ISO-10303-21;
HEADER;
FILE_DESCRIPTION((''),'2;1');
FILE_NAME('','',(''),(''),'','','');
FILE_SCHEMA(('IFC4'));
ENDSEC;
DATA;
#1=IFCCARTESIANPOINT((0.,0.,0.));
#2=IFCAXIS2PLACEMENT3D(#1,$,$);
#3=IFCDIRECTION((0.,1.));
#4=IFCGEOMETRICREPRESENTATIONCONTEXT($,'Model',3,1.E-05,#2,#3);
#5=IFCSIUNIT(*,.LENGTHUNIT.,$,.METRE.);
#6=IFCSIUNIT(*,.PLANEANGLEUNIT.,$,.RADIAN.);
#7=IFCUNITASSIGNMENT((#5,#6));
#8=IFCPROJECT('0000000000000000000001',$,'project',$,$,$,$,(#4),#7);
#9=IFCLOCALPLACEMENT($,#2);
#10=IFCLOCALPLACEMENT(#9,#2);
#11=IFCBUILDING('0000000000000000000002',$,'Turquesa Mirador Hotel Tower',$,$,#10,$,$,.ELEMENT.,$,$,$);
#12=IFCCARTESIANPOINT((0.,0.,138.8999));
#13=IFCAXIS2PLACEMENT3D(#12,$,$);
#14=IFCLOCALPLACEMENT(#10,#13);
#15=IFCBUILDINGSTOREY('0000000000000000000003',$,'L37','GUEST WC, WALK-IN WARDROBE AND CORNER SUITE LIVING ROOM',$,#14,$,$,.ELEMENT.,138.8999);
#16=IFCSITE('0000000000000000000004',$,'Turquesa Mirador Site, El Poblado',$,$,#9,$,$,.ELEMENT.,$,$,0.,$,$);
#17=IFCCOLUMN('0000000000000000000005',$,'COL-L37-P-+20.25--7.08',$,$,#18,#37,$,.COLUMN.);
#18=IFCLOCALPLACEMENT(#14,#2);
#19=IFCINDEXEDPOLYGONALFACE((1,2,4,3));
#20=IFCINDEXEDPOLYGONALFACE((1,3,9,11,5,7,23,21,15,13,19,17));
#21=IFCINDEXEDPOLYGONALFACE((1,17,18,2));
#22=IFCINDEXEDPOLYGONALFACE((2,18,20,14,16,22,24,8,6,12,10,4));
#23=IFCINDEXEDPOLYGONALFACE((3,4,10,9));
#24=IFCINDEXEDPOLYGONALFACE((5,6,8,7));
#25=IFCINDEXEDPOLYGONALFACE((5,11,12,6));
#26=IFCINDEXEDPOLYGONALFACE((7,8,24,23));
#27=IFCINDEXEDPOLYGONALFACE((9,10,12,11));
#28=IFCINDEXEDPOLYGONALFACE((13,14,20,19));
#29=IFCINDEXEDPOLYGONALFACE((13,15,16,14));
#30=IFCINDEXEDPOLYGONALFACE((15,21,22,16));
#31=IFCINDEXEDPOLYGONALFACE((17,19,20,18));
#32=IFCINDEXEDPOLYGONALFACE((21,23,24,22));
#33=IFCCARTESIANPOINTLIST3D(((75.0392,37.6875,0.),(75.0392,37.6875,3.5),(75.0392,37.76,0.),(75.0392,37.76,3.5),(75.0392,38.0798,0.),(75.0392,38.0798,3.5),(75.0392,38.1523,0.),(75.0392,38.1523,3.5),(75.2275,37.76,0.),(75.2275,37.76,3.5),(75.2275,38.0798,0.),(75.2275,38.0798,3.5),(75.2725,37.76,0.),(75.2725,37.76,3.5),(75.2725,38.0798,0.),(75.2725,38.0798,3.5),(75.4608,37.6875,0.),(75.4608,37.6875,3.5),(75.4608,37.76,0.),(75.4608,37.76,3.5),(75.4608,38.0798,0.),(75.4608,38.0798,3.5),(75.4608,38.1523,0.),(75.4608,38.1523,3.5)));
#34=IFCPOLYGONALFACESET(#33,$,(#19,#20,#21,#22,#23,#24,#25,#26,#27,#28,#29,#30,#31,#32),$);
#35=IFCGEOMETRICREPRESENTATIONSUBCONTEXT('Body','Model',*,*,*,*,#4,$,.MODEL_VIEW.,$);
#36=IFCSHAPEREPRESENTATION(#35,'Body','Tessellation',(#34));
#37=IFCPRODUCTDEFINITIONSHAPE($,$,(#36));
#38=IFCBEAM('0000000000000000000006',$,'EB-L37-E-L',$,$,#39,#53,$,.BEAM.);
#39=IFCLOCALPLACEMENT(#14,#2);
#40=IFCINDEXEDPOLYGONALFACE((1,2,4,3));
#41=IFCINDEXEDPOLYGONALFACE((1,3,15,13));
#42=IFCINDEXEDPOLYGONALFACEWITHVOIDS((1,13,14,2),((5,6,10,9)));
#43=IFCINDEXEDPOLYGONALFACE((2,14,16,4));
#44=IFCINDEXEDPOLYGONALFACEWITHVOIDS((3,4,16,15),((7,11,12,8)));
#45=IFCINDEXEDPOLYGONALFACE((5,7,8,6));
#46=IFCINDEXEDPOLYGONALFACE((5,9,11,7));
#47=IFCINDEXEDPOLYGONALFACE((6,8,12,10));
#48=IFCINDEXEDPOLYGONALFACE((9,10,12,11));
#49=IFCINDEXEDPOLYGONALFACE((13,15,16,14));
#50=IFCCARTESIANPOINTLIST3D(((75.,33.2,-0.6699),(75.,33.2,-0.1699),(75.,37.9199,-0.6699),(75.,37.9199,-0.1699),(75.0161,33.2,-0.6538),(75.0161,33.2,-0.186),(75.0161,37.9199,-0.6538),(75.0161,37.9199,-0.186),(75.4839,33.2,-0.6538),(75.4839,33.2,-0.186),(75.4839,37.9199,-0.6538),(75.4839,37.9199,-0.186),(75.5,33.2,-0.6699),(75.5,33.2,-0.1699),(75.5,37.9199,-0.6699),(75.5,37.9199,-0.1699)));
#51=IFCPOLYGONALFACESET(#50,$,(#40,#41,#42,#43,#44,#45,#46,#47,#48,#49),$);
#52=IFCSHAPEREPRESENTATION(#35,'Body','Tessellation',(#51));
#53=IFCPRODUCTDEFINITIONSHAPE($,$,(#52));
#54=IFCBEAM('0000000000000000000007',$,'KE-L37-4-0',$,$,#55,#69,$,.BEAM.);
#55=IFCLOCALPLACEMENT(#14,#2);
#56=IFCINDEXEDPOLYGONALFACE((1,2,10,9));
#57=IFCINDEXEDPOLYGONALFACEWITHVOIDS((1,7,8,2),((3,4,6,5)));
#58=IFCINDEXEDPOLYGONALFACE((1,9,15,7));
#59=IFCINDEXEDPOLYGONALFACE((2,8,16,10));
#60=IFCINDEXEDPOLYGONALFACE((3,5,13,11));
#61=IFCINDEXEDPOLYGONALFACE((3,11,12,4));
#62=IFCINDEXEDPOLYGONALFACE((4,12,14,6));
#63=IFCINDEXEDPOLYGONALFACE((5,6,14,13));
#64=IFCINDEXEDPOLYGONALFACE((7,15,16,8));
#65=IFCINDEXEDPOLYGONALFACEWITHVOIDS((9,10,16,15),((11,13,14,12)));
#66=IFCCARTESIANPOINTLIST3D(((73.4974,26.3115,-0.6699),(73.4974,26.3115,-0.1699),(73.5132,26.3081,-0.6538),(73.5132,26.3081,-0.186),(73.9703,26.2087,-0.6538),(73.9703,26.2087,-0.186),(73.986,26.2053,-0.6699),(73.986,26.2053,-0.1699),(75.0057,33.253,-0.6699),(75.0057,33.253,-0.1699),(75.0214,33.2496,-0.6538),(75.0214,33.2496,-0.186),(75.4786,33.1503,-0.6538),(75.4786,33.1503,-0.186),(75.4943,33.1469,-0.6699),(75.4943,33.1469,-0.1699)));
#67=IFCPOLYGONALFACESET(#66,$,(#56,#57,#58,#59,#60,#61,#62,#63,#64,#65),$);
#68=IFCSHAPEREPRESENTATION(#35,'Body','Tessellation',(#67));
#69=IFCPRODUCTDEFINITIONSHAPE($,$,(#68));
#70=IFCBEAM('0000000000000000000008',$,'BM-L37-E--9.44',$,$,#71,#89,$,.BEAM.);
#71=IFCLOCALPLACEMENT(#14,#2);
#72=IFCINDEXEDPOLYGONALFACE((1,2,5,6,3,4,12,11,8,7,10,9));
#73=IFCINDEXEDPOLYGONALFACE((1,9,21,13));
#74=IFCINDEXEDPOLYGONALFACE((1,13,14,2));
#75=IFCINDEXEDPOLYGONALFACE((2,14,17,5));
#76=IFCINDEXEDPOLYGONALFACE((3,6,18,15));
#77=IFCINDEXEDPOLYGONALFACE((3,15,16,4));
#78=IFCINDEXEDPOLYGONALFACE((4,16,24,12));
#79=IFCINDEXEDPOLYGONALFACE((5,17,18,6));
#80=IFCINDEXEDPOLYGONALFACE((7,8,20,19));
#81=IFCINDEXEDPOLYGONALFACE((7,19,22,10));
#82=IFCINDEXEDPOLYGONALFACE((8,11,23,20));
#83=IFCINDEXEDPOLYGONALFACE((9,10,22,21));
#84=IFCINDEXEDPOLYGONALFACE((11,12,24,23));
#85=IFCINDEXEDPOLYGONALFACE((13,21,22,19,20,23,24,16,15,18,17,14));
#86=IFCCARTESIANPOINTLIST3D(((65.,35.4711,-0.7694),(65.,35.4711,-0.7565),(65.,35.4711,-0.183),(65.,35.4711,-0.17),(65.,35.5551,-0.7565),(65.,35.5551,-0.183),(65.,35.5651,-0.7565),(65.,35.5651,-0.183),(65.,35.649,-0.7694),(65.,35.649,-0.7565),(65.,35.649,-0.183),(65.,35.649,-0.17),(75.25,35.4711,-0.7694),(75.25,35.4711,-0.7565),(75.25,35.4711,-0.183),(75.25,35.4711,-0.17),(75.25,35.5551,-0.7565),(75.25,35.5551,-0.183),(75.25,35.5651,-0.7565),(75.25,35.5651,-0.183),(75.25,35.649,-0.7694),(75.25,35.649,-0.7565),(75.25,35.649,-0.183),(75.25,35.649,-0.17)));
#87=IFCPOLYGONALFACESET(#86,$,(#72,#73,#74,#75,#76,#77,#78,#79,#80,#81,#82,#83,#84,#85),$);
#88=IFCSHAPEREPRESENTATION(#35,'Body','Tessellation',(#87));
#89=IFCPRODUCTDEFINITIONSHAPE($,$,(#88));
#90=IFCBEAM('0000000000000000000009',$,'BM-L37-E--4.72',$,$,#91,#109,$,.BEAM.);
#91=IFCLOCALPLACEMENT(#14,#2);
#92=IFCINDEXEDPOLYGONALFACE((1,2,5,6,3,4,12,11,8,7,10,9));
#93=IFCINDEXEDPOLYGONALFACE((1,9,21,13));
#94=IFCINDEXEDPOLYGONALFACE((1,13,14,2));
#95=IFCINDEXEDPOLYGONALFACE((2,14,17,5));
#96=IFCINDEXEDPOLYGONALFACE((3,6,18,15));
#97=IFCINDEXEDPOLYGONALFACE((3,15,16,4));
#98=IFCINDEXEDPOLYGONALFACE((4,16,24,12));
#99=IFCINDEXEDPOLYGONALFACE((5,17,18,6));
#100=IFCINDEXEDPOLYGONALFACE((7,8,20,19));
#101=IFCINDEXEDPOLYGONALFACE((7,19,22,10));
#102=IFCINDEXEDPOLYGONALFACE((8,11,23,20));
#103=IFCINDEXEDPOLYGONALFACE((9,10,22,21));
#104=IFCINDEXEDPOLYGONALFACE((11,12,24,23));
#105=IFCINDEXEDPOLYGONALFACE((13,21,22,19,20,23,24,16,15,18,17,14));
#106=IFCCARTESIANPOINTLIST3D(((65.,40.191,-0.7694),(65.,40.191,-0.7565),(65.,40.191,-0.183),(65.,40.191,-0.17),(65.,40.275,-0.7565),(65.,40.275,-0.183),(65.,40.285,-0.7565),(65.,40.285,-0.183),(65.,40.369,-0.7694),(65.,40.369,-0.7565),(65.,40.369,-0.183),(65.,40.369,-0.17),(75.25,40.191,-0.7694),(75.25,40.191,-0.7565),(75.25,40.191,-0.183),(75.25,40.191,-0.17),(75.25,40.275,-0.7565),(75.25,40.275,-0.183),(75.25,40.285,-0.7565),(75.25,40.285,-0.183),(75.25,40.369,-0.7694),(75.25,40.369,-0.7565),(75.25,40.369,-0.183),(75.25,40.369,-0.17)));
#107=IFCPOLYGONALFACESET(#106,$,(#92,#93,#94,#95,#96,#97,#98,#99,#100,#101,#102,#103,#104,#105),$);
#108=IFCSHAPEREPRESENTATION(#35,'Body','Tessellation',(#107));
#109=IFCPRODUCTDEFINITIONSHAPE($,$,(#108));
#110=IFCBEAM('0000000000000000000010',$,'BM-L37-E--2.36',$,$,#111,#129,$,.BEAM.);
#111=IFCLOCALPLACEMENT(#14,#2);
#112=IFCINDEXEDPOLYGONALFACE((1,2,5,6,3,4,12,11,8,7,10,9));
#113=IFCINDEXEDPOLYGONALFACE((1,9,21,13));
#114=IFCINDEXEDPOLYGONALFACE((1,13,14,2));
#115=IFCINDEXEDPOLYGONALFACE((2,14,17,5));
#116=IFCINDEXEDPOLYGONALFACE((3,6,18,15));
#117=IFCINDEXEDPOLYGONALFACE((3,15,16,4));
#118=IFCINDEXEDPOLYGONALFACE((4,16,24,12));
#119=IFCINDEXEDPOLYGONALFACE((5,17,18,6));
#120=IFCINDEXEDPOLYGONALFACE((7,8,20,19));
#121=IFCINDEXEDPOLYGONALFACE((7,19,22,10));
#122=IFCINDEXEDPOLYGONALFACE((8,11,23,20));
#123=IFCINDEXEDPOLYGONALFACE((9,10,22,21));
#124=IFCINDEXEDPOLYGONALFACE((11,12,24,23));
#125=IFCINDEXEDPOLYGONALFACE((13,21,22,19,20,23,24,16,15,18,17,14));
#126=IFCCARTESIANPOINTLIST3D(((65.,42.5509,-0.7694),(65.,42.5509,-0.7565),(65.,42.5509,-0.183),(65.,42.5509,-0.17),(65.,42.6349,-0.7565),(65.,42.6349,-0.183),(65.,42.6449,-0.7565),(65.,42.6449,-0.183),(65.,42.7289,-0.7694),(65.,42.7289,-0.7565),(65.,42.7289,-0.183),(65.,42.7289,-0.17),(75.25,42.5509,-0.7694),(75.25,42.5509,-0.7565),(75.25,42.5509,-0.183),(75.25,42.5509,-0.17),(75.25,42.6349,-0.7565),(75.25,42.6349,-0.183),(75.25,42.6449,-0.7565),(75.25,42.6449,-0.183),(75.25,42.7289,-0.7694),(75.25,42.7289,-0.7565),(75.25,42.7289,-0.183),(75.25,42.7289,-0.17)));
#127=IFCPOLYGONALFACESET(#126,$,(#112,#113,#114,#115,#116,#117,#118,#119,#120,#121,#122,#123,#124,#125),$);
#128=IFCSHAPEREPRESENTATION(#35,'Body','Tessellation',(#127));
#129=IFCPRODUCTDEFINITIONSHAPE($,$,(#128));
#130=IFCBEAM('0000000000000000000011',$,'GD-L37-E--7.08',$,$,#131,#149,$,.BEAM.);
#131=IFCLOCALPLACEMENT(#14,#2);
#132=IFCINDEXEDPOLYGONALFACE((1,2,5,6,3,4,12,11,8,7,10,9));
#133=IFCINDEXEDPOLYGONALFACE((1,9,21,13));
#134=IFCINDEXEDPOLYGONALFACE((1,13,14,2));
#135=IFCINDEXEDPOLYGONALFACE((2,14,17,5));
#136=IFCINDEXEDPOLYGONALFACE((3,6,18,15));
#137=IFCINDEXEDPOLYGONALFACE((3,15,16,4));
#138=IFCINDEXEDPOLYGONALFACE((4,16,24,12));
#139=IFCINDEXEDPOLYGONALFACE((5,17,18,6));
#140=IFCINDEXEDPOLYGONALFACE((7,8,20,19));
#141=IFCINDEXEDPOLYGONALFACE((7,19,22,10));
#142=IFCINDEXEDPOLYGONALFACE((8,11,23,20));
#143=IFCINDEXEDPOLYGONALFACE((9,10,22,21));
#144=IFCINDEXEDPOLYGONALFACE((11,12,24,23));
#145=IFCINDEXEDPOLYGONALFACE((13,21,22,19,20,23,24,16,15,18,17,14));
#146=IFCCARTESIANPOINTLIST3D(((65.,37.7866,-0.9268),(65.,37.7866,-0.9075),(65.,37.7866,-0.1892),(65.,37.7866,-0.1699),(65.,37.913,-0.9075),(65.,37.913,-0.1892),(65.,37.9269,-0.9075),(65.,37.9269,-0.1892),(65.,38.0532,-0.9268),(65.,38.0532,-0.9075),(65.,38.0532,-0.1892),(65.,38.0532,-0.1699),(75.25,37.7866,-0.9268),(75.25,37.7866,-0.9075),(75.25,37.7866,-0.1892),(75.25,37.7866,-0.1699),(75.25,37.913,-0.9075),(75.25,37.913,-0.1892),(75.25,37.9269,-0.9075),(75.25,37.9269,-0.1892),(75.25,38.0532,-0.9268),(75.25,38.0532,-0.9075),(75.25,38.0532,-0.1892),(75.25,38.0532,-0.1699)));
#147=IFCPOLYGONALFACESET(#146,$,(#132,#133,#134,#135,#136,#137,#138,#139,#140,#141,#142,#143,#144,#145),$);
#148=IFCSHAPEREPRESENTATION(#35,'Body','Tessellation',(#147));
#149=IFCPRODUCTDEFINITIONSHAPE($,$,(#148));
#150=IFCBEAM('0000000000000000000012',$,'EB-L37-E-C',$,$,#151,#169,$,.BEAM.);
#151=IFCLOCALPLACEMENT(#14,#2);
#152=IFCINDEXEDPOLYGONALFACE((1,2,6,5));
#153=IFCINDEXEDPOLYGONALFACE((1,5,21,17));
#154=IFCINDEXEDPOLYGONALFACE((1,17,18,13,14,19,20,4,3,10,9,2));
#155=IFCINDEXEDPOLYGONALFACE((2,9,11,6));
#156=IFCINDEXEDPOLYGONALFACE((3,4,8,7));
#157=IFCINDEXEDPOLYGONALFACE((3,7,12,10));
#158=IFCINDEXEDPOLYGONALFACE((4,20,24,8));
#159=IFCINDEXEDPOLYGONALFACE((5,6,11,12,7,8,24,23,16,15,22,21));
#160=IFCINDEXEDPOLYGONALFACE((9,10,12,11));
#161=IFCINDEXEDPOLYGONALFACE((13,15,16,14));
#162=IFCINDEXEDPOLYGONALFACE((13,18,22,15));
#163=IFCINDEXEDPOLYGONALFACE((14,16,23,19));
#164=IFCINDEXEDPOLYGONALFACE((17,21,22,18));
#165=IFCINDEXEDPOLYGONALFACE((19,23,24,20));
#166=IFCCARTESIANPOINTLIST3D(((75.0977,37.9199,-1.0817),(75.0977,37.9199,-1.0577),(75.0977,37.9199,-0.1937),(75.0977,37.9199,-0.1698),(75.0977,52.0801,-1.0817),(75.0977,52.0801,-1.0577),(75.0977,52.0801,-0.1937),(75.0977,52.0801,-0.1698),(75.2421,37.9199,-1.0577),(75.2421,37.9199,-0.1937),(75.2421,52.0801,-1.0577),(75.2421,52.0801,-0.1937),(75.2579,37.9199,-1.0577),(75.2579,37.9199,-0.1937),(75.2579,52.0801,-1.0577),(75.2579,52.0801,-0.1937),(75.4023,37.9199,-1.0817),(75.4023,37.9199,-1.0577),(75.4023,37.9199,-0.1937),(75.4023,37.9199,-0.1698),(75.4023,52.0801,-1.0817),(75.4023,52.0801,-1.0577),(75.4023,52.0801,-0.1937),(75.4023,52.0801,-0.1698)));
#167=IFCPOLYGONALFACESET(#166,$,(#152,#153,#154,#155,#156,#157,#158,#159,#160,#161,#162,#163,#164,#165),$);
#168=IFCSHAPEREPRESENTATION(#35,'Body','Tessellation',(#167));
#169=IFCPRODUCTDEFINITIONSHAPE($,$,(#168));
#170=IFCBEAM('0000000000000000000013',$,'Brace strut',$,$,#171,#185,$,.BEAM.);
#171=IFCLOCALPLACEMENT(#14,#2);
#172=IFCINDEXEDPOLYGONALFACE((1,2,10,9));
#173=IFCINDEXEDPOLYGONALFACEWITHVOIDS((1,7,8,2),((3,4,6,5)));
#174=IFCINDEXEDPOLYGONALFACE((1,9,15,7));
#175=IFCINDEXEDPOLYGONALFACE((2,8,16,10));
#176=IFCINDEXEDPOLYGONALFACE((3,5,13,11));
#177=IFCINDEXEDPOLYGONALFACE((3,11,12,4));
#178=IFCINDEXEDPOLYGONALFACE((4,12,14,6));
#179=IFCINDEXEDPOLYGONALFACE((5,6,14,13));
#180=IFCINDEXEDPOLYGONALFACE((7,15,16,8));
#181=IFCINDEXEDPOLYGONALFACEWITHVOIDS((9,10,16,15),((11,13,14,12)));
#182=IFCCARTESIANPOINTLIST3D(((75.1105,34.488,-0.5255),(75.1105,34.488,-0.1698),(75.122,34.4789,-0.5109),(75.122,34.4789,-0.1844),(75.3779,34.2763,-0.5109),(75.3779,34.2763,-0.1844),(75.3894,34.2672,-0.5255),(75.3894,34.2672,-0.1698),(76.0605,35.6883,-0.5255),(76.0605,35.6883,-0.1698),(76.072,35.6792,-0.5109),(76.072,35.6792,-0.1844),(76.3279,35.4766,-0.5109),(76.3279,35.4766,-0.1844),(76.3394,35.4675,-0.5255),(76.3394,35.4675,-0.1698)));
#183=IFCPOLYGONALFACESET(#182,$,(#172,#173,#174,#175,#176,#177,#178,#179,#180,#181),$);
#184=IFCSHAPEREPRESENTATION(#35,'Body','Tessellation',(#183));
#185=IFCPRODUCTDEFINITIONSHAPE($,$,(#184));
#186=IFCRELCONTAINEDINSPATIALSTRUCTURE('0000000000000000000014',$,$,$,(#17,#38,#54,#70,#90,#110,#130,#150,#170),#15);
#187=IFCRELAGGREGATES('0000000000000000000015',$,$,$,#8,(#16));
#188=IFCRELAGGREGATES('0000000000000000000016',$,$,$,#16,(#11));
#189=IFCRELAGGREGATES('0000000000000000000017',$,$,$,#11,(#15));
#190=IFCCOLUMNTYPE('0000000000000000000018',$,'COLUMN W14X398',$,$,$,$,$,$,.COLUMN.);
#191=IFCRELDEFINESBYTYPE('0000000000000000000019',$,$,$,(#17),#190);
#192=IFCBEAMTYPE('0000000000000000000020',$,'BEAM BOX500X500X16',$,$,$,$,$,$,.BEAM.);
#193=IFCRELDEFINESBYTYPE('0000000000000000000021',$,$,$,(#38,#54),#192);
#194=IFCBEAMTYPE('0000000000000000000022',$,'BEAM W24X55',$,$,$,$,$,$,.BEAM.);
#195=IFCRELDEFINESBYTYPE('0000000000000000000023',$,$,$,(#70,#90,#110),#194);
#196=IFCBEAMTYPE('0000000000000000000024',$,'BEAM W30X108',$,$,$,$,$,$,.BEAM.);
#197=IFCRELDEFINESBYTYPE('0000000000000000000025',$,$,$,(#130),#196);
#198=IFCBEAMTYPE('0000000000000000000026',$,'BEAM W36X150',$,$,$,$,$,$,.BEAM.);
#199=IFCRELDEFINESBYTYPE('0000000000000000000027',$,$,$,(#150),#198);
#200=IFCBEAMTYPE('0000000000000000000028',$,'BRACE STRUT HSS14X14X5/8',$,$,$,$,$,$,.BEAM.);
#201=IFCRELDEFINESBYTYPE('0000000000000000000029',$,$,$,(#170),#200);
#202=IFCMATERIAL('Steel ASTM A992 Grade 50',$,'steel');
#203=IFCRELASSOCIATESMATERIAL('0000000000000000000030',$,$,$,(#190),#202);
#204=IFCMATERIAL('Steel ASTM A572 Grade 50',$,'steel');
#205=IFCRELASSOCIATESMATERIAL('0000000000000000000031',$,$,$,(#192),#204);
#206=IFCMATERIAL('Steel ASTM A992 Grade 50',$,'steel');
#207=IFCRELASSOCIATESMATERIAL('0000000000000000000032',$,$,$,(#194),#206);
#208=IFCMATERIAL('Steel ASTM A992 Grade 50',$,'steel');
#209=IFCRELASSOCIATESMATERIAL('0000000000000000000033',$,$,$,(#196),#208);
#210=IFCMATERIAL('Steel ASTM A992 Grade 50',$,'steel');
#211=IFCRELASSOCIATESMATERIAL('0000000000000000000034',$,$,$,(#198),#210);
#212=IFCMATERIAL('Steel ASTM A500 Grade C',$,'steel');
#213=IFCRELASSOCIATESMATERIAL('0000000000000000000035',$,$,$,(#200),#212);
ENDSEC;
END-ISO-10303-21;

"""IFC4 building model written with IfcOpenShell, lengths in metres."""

from ifc_helpers import new_model, si_unit, direction, frame, origin, origin_2d, place, context, subcontext, project, spatial, hollow_rectangle, i_section, extrude, material, material_profile, profile_set, type_object, element, save


model = new_model("IFC4")

# Units and contexts
model_context = context("Model", 3, precision=1e-05, world=origin(), true_north=direction((0.0, 1.0)))
body_context = subcontext(model_context, "Body", "Model", "MODEL_VIEW")
ifc_project = project(units=[si_unit("LENGTHUNIT", "METRE"), si_unit("PLANEANGLEUNIT", "RADIAN")], contexts=[model_context])

# Site, building, storey
site_placement = place(None, origin())
site = spatial("IfcSite", under=ifc_project, at=site_placement, Name="Turquesa Mirador Site, El Poblado", CompositionType="ELEMENT", RefElevation=0.0)
building_placement = place(site_placement, origin())
building = spatial("IfcBuilding", under=site, at=building_placement, Name="Turquesa Mirador Hotel Tower", CompositionType="ELEMENT")
storey_placement = place(building_placement, frame((0.0, 0.0, 138.8999)))
storey = spatial("IfcBuildingStorey", under=building, at=storey_placement, Name="L37", Description="GUEST WC, WALK-IN WARDROBE AND CORNER SUITE LIVING ROOM", CompositionType="ELEMENT", Elevation=138.8999)

# Column
ifc_material_1 = material(Name="Steel ASTM A992 Grade 50", Category="steel")
ifc_material_profile_1 = material_profile(ifc_material_1, i_section(OverallWidth=0.4216, OverallDepth=0.4648, WebThickness=0.0449, FlangeThickness=0.0725, at=origin_2d()), Name="W14X398")
ifc_profile_set_1 = profile_set([ifc_material_profile_1], Name="Steel ASTM A992 Grade 50")
column_type = type_object("IfcColumnType", Name="COLUMN W14X398", PredefinedType="COLUMN", material=ifc_profile_set_1)
column_placement = place(storey_placement, frame((75.25, 37.9199, 0.0), z_axis=(0.0, 0.0, 1.0), x_axis=(1.0, 0.0, 0.0)))
element("IfcColumn", 1, at=column_placement, inside=storey, type_object=column_type, Name="COL-L37-P-+20.25--7.08", PredefinedType="COLUMN", context=body_context, shape_type="SweptSolid", body=[
    extrude(i_section(OverallWidth=0.4216, OverallDepth=0.4648, WebThickness=0.0449, FlangeThickness=0.0725, at=origin_2d()), origin(), (0.0, 0.0, 1.0), 3.5),
])

# Beams
ifc_material_2 = material(Name="Steel ASTM A572 Grade 50", Category="steel")
ifc_material_profile_2 = material_profile(ifc_material_2, hollow_rectangle(XDim=0.5, YDim=0.5, WallThickness=0.0161, at=origin_2d()), Name="BOX500X500X16")
ifc_profile_set_2 = profile_set([ifc_material_profile_2], Name="Steel ASTM A572 Grade 50")
beam_type_1 = type_object("IfcBeamType", Name="BEAM BOX500X500X16", PredefinedType="BEAM", material=ifc_profile_set_2)
beam_1_placement = place(storey_placement, frame((75.25, 33.2, -0.4199), z_axis=(0.0, 1.0, 0.0), x_axis=(-1.0, 0.0, 0.0)))
element("IfcBeam", 2, at=beam_1_placement, inside=storey, type_object=beam_type_1, Name="EB-L37-E-L", PredefinedType="BEAM", context=body_context, shape_type="SweptSolid", body=[
    extrude(hollow_rectangle(XDim=0.5, YDim=0.5, WallThickness=0.0161, at=origin_2d()), origin(), (0.0, 0.0, 1.0), 4.72),
])
beam_2_placement = place(storey_placement, frame((75.25, 33.2, -0.4199), z_axis=(-0.212328, -0.977198, 0.0), x_axis=(0.977198, -0.212328, 0.0)))
element("IfcBeam", 3, at=beam_2_placement, inside=storey, type_object=beam_type_1, Name="KE-L37-4-0", PredefinedType="BEAM", context=body_context, shape_type="SweptSolid", body=[
    extrude(hollow_rectangle(XDim=0.5, YDim=0.5, WallThickness=0.0161, at=origin_2d()), origin(), (0.0, 0.0, 1.0), 7.1035),
])
ifc_material_3 = material(Name="Steel ASTM A992 Grade 50", Category="steel")
ifc_material_profile_3 = material_profile(ifc_material_3, i_section(OverallWidth=0.178, OverallDepth=0.5994, WebThickness=0.01, FlangeThickness=0.0129, at=origin_2d()), Name="W24X55")
ifc_profile_set_3 = profile_set([ifc_material_profile_3], Name="Steel ASTM A992 Grade 50")
beam_type_2 = type_object("IfcBeamType", Name="BEAM W24X55", PredefinedType="BEAM", material=ifc_profile_set_3)
for number, where, z_axis, x_axis, name in (
    (4, (75.25, 35.5601, -0.4697), (-1.0, 0.0, 0.0), (0.0, -1.0, 0.0), "BM-L37-E--9.44"),
    (5, (75.25, 40.28, -0.4697), (-1.0, 0.0, 0.0), (0.0, -1.0, 0.0), "BM-L37-E--4.72"),
    (6, (75.25, 42.6399, -0.4697), (-1.0, 0.0, 0.0), (0.0, -1.0, 0.0), "BM-L37-E--2.36"),
):
    element("IfcBeam", number, at=place(storey_placement, frame(where, z_axis=z_axis, x_axis=x_axis)), inside=storey, type_object=beam_type_2, Name=name, PredefinedType="BEAM", context=body_context, shape_type="SweptSolid", body=[
        extrude(i_section(OverallWidth=0.178, OverallDepth=0.5994, WebThickness=0.01, FlangeThickness=0.0129, at=origin_2d()), origin(), (0.0, 0.0, 1.0), 10.25),
    ])
ifc_material_4 = material(Name="Steel ASTM A992 Grade 50", Category="steel")
ifc_material_profile_4 = material_profile(ifc_material_4, i_section(OverallWidth=0.2666, OverallDepth=0.7568, WebThickness=0.0139, FlangeThickness=0.0193, at=origin_2d()), Name="W30X108")
ifc_profile_set_4 = profile_set([ifc_material_profile_4], Name="Steel ASTM A992 Grade 50")
beam_type_3 = type_object("IfcBeamType", Name="BEAM W30X108", PredefinedType="BEAM", material=ifc_profile_set_4)
beam_3_placement = place(storey_placement, frame((75.25, 37.9199, -0.5483), z_axis=(-1.0, 0.0, 0.0), x_axis=(0.0, -1.0, 0.0)))
element("IfcBeam", 7, at=beam_3_placement, inside=storey, type_object=beam_type_3, Name="GD-L37-E--7.08", PredefinedType="BEAM", context=body_context, shape_type="SweptSolid", body=[
    extrude(i_section(OverallWidth=0.2666, OverallDepth=0.7568, WebThickness=0.0139, FlangeThickness=0.0193, at=origin_2d()), origin(), (0.0, 0.0, 1.0), 10.25),
])
ifc_material_5 = material(Name="Steel ASTM A992 Grade 50", Category="steel")
ifc_material_profile_5 = material_profile(ifc_material_5, i_section(OverallWidth=0.3047, OverallDepth=0.9119, WebThickness=0.0159, FlangeThickness=0.0239, at=origin_2d()), Name="W36X150")
ifc_profile_set_5 = profile_set([ifc_material_profile_5], Name="Steel ASTM A992 Grade 50")
beam_type_4 = type_object("IfcBeamType", Name="BEAM W36X150", PredefinedType="BEAM", material=ifc_profile_set_5)
beam_4_placement = place(storey_placement, frame((75.25, 37.9199, -0.6257), z_axis=(0.0, 1.0, 0.0), x_axis=(-1.0, 0.0, 0.0)))
element("IfcBeam", 8, at=beam_4_placement, inside=storey, type_object=beam_type_4, Name="EB-L37-E-C", PredefinedType="BEAM", context=body_context, shape_type="SweptSolid", body=[
    extrude(i_section(OverallWidth=0.3047, OverallDepth=0.9119, WebThickness=0.0159, FlangeThickness=0.0239, at=origin_2d()), origin(), (0.0, 0.0, 1.0), 14.1602),
])
ifc_material_6 = material(Name="Steel ASTM A500 Grade C", Category="steel")
ifc_material_profile_6 = material_profile(ifc_material_6, hollow_rectangle(XDim=0.3557, YDim=0.3557, WallThickness=0.0146, at=origin_2d()), Name="HSS14X14X5/8")
ifc_profile_set_6 = profile_set([ifc_material_profile_6], Name="Steel ASTM A500 Grade C")
beam_type_5 = type_object("IfcBeamType", Name="BRACE STRUT HSS14X14X5/8", PredefinedType="BEAM", material=ifc_profile_set_6)
beam_5_placement = place(storey_placement, frame((76.2, 35.5779, -0.3477), z_axis=(-0.620621, -0.784111, 0.0), x_axis=(0.784111, -0.620621, 0.0)))
element("IfcBeam", 9, at=beam_5_placement, inside=storey, type_object=beam_type_5, Name="Brace strut", PredefinedType="BEAM", context=body_context, shape_type="SweptSolid", body=[
    extrude(hollow_rectangle(XDim=0.3557, YDim=0.3557, WallThickness=0.0146, at=origin_2d()), origin(), (0.0, 0.0, 1.0), 1.5308),
])

save(model, "model.ifc")
